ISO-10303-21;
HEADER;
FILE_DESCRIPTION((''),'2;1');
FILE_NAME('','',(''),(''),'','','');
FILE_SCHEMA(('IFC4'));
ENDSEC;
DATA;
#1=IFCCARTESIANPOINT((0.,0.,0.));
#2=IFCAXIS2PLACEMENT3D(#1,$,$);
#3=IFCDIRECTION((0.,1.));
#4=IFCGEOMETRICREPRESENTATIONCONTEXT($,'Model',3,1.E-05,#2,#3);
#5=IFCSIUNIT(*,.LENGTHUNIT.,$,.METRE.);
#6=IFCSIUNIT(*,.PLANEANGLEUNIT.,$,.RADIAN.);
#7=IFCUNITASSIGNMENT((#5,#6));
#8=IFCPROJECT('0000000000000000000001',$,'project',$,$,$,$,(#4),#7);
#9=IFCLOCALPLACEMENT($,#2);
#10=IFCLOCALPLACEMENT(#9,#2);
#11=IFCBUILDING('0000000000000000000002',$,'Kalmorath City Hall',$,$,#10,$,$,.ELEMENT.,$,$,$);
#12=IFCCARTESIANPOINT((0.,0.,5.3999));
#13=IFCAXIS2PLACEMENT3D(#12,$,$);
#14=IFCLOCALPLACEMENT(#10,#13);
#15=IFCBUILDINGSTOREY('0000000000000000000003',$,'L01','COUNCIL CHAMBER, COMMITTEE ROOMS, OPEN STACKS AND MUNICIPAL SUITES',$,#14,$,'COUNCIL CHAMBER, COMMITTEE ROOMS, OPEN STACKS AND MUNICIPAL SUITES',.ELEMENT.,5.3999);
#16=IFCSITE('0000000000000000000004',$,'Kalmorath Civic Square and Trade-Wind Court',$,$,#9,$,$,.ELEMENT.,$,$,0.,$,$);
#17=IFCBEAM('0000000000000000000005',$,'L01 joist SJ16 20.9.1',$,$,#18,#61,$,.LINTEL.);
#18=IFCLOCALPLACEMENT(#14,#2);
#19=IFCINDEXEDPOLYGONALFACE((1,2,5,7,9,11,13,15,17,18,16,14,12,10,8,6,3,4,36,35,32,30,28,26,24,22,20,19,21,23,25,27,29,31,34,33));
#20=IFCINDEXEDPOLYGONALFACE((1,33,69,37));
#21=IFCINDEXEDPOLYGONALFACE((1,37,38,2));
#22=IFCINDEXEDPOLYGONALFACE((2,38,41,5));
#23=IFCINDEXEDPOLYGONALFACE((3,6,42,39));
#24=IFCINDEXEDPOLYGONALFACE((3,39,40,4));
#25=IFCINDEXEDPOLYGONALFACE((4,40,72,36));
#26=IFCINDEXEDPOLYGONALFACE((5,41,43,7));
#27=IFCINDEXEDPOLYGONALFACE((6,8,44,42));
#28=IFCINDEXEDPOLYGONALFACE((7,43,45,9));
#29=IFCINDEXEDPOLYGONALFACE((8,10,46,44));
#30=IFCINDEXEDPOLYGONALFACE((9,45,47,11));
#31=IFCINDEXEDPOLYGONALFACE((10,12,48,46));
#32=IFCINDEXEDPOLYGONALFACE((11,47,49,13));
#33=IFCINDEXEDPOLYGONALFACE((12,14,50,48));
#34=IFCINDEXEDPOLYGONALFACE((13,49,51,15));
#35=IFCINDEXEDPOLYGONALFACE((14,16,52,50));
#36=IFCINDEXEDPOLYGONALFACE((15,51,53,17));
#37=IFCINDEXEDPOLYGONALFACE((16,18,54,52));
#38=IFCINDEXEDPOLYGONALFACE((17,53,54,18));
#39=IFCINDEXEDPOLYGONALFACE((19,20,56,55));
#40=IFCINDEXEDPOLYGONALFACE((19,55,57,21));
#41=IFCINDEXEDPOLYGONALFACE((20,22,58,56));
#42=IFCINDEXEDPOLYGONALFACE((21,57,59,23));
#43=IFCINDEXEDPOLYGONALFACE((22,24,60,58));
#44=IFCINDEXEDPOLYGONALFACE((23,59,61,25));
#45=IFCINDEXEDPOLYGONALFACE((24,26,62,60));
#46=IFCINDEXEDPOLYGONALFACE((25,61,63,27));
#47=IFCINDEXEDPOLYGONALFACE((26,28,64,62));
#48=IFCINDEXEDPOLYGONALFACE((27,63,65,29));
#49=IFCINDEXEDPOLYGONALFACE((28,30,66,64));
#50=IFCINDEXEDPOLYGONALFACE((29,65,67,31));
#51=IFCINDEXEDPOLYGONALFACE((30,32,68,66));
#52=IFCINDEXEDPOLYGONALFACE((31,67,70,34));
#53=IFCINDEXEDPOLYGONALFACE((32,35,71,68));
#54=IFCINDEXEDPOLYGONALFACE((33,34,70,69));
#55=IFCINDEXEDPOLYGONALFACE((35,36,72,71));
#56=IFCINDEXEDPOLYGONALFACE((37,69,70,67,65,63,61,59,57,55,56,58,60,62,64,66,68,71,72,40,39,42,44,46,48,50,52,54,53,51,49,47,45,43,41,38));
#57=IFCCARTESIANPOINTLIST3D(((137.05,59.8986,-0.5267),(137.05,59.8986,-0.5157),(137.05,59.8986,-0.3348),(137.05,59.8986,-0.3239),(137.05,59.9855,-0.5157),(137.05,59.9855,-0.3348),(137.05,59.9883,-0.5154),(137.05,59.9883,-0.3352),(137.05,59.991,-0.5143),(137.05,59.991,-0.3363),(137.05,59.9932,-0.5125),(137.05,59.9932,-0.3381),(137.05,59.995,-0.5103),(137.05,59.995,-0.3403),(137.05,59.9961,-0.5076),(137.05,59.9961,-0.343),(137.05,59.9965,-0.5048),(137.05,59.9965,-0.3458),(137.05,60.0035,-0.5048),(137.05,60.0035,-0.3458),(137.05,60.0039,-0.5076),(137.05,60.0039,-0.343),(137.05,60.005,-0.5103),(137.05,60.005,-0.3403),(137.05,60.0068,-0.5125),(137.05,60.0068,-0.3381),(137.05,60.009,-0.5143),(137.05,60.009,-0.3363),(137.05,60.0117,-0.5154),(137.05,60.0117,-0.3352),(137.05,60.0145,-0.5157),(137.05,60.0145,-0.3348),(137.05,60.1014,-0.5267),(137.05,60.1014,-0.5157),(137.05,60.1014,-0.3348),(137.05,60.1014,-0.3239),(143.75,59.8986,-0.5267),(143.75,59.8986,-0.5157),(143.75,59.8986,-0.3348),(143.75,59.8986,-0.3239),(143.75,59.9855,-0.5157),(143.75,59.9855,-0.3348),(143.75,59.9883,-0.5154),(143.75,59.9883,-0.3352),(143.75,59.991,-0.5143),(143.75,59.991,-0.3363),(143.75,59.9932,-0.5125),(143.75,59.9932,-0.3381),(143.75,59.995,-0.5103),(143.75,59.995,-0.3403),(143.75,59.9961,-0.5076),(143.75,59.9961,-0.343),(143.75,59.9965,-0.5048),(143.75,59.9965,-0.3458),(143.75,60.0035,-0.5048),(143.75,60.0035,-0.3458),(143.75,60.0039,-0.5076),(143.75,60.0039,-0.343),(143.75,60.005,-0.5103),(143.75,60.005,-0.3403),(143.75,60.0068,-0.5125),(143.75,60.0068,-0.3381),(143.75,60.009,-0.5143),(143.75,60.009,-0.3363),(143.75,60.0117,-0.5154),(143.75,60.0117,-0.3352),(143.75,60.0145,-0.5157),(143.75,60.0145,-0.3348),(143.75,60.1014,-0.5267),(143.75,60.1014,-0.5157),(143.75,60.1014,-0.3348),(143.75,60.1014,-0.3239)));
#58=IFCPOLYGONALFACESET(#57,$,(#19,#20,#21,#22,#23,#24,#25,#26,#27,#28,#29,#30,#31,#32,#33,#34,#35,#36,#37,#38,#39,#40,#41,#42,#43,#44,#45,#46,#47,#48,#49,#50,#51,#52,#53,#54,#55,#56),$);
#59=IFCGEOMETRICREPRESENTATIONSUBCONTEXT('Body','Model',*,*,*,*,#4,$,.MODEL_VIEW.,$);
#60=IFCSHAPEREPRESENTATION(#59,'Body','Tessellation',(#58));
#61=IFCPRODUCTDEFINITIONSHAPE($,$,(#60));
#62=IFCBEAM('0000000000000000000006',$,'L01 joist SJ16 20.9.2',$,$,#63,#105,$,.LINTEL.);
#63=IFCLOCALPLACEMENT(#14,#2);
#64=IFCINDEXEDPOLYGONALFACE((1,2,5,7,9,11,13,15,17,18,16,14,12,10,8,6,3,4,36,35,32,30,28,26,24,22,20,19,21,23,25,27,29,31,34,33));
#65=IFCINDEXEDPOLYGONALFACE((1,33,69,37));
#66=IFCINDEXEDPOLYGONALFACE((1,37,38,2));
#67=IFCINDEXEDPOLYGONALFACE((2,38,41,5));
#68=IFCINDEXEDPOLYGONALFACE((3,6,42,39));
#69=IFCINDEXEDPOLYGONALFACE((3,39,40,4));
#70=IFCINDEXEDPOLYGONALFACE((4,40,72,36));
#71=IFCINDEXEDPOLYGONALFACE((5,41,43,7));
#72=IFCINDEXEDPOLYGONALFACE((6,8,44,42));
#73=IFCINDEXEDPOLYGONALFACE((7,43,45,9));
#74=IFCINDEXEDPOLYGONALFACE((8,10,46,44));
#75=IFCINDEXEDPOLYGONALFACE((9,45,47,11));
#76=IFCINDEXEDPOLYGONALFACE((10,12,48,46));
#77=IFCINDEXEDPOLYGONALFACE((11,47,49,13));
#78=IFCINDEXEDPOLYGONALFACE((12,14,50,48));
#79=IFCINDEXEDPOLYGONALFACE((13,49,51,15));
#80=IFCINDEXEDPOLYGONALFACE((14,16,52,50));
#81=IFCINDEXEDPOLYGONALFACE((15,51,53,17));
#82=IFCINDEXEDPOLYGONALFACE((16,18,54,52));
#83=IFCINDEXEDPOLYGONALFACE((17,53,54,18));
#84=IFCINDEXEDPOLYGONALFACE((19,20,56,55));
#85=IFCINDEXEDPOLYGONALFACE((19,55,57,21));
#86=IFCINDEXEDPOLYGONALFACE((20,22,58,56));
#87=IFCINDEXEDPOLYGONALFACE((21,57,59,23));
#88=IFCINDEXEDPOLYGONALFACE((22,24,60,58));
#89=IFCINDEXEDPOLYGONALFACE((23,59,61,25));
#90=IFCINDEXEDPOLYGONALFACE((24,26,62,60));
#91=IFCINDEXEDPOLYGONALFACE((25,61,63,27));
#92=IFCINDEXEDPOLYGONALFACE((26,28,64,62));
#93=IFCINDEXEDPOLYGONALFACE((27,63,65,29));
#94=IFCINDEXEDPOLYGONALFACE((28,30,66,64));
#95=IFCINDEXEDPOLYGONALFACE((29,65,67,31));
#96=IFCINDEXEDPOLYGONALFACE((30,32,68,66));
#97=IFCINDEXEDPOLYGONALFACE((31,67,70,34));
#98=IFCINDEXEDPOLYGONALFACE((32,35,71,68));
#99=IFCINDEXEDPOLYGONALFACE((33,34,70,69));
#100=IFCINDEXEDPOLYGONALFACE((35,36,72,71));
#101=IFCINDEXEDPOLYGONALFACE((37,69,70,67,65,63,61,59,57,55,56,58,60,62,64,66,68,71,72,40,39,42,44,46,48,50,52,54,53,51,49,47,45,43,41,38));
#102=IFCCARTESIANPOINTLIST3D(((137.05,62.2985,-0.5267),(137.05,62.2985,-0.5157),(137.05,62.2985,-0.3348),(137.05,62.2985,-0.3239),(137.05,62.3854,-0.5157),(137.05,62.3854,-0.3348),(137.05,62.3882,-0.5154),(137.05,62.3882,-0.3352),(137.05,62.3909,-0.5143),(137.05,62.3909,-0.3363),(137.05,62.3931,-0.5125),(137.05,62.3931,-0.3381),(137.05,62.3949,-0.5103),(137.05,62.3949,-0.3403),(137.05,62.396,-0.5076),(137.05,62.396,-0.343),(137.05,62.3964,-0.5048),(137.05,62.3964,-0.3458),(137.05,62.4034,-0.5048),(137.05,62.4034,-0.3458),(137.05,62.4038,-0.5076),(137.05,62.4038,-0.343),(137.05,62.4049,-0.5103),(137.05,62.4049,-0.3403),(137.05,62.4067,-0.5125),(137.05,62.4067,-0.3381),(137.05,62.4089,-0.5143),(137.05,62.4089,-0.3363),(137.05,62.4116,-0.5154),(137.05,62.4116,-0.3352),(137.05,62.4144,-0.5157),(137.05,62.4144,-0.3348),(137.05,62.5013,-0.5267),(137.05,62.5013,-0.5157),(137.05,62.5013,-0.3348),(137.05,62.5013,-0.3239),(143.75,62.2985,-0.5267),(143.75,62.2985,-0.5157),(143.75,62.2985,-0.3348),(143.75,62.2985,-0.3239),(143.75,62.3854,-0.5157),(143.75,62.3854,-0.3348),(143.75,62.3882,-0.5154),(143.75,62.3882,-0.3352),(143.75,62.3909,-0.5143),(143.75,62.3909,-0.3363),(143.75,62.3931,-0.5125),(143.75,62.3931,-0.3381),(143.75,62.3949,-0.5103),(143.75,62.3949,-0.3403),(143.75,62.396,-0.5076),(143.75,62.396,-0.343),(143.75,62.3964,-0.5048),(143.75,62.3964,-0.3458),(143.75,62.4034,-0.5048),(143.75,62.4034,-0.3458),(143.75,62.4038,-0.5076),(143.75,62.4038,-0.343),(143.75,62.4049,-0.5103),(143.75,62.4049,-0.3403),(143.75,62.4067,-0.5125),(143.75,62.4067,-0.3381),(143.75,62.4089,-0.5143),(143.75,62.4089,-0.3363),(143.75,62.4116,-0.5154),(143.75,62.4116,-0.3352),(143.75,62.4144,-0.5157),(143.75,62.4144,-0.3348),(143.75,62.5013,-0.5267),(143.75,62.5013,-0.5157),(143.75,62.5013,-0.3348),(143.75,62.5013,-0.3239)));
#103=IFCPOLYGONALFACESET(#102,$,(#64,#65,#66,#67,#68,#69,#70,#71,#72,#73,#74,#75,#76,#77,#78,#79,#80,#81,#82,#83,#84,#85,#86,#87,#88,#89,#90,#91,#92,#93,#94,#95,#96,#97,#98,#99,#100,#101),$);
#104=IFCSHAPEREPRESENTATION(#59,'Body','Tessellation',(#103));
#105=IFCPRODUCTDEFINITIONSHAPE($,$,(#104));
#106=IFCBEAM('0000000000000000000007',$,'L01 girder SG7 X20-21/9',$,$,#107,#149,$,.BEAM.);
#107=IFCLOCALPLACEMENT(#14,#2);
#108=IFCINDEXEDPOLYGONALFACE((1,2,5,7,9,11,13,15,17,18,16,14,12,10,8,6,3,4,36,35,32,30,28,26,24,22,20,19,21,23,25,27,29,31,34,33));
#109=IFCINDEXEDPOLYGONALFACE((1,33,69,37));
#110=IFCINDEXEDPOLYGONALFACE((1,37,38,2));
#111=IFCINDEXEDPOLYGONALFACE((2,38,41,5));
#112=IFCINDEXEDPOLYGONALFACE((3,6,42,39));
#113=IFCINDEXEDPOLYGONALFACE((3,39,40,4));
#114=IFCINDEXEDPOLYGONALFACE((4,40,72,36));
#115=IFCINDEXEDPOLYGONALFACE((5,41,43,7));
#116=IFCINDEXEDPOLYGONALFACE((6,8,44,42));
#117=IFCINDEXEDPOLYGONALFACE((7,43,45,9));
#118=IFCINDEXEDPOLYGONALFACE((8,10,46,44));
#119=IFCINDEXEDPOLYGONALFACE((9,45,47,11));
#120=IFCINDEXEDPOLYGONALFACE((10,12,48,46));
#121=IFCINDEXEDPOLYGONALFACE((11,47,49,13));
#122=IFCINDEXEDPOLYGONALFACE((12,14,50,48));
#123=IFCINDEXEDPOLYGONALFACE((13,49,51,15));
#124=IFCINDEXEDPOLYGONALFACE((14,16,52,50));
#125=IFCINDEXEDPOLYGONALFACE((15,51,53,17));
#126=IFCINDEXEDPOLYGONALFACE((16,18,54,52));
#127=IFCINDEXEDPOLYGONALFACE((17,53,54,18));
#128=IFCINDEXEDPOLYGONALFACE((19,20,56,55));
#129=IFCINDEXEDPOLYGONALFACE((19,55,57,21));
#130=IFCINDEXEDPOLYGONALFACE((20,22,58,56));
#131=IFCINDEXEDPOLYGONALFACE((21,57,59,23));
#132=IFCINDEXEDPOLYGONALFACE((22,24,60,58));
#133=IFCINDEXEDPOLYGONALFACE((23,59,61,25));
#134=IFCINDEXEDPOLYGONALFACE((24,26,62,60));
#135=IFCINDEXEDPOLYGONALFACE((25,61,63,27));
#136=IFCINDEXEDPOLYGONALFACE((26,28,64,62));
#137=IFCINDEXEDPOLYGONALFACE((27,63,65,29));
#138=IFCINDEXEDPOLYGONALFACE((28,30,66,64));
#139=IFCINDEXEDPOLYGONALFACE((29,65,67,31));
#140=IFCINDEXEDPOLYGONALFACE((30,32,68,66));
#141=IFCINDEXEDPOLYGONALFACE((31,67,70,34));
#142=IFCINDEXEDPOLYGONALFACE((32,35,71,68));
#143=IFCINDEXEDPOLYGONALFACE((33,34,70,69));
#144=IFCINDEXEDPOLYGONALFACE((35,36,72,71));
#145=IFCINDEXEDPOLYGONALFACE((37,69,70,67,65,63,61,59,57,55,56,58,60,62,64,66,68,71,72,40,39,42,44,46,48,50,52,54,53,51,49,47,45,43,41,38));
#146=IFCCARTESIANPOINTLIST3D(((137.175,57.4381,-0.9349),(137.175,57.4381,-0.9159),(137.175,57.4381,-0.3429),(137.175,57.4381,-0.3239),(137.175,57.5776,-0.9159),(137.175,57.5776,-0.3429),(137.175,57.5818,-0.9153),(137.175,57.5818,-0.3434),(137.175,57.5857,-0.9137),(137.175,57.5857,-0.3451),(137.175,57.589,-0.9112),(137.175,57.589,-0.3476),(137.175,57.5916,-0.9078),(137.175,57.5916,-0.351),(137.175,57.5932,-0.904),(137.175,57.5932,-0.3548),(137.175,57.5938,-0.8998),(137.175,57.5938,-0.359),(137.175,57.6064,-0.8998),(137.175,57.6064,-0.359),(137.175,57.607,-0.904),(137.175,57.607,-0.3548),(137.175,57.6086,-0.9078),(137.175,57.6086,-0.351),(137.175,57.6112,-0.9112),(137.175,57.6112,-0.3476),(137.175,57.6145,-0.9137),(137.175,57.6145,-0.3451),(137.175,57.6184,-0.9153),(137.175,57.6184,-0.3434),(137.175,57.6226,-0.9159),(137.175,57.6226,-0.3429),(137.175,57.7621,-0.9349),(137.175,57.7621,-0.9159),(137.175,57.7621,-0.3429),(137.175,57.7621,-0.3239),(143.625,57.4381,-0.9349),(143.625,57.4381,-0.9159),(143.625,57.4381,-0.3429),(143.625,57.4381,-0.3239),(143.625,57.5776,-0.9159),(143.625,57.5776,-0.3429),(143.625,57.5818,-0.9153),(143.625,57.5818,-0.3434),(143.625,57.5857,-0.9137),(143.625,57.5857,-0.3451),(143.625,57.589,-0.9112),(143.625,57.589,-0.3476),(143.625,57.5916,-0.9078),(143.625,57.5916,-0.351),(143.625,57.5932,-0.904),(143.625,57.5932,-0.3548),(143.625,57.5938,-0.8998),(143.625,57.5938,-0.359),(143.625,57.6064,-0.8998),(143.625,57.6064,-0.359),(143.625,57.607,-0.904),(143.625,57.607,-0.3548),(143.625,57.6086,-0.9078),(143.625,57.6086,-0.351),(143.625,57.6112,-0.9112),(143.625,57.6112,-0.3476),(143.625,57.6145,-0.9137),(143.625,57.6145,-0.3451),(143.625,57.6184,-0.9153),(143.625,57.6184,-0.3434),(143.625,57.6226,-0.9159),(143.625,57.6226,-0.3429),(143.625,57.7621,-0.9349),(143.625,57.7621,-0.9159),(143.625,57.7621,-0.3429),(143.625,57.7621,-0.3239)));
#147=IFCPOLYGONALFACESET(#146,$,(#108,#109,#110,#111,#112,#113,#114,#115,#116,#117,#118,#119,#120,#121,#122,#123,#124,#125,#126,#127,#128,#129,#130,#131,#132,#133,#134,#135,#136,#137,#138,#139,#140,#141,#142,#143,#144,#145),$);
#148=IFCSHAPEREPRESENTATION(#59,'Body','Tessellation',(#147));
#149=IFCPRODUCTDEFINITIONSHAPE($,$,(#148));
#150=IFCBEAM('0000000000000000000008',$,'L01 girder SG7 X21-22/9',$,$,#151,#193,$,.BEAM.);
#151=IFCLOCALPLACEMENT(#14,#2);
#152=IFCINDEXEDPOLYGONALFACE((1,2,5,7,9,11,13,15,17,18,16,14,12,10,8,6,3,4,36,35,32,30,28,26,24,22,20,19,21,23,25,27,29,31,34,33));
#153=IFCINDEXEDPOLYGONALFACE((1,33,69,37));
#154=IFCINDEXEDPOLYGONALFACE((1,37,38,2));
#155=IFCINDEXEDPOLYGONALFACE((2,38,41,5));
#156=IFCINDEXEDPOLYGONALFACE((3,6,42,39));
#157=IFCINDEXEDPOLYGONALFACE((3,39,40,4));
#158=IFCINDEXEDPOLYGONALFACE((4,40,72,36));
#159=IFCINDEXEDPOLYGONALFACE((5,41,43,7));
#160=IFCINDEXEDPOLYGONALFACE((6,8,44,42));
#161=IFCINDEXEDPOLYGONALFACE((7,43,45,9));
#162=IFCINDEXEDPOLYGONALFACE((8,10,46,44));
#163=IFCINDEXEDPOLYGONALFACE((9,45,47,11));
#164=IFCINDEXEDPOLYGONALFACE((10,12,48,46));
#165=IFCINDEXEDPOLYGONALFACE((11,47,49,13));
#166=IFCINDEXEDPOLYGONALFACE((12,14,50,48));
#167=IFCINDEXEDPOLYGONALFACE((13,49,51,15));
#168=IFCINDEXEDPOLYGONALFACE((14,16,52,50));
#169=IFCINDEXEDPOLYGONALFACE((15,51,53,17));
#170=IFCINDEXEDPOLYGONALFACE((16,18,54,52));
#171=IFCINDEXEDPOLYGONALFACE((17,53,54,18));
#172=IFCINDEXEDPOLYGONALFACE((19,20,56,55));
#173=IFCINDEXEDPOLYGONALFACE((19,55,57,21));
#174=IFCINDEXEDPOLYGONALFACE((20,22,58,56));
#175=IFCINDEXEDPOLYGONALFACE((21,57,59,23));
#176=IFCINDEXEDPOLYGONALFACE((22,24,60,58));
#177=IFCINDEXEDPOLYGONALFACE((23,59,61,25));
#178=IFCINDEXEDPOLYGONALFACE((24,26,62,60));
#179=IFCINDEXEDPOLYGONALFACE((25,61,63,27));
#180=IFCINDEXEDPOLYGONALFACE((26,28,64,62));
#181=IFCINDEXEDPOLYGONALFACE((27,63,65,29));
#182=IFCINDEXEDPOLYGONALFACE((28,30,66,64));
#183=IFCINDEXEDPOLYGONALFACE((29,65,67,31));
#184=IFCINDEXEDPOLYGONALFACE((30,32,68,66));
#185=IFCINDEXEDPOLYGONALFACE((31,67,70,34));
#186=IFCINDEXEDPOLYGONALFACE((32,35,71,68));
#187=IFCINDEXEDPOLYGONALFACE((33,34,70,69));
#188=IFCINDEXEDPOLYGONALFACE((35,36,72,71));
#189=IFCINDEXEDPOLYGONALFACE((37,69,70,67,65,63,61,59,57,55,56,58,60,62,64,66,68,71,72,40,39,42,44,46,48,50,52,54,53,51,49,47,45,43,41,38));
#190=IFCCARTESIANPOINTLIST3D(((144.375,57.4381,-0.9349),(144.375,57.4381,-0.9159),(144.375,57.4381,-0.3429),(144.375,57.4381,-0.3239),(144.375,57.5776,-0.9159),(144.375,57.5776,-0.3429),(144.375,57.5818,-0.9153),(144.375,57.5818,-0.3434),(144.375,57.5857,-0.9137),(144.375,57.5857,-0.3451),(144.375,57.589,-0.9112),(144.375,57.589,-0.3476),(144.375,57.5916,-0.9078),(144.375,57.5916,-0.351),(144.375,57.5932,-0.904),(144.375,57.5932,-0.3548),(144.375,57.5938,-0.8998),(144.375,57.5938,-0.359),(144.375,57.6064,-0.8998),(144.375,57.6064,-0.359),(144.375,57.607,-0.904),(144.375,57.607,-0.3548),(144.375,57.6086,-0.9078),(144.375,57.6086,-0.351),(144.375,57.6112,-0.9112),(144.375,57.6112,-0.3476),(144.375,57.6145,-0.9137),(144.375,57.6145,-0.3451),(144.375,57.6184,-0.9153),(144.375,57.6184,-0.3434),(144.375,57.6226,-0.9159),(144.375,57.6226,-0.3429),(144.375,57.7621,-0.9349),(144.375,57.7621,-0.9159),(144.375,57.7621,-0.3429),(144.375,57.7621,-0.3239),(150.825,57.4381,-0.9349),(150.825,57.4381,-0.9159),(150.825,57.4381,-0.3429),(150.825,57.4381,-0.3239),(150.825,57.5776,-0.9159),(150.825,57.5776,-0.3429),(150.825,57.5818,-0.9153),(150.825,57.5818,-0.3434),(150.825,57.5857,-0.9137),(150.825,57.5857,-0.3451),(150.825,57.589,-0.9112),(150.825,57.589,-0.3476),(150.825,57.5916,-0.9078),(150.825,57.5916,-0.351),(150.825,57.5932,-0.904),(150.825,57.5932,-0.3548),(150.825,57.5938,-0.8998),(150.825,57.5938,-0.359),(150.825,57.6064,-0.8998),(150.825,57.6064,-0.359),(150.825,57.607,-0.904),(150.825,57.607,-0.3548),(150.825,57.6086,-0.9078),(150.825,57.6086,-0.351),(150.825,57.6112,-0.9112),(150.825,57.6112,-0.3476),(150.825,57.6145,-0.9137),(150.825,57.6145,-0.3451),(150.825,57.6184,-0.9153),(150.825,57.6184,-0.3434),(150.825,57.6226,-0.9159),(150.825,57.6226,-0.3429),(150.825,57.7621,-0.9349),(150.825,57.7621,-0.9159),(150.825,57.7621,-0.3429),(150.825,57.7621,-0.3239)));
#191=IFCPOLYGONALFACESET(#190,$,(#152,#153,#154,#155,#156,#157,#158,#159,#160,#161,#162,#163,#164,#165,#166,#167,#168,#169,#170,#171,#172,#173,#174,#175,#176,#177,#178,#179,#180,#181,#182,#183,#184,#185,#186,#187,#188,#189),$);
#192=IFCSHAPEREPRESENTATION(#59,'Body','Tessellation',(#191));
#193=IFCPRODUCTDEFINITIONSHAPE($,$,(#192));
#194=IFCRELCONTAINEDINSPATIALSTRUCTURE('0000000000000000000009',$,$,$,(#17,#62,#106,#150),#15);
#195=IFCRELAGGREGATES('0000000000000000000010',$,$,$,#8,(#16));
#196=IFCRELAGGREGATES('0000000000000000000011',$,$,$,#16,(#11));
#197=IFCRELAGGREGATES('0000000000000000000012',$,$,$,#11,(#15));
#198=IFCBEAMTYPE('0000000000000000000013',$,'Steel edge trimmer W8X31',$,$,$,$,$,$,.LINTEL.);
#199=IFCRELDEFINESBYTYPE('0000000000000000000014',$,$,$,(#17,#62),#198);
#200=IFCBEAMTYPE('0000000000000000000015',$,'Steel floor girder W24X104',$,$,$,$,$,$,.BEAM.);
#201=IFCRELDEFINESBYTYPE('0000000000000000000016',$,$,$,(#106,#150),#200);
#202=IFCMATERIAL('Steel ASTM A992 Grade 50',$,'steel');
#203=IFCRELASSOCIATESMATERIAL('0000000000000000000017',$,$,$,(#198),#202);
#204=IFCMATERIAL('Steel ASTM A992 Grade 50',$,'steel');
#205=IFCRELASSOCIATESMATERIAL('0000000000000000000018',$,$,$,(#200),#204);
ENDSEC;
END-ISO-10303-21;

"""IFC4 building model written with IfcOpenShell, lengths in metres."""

from ifc_helpers import new_model, si_unit, direction, frame, origin, origin_2d, place, context, subcontext, project, spatial, i_section, extrude, material, material_profile, profile_set, type_object, element, save


model = new_model("IFC4")

# Units and contexts
model_context = context("Model", 3, precision=1e-05, world=origin(), true_north=direction((0.0, 1.0)))
body_context = subcontext(model_context, "Body", "Model", "MODEL_VIEW")
ifc_project = project(units=[si_unit("LENGTHUNIT", "METRE"), si_unit("PLANEANGLEUNIT", "RADIAN")], contexts=[model_context])

# Site, building, storey
site_placement = place(None, origin())
site = spatial("IfcSite", under=ifc_project, at=site_placement, Name="Kalmorath Civic Square and Trade-Wind Court", CompositionType="ELEMENT", RefElevation=0.0)
building_placement = place(site_placement, origin())
building = spatial("IfcBuilding", under=site, at=building_placement, Name="Kalmorath City Hall", CompositionType="ELEMENT")
storey_placement = place(building_placement, frame((0.0, 0.0, 5.3999)))
storey = spatial("IfcBuildingStorey", under=building, at=storey_placement, Name="L01", Description="COUNCIL CHAMBER, COMMITTEE ROOMS, OPEN STACKS AND MUNICIPAL SUITES", LongName="COUNCIL CHAMBER, COMMITTEE ROOMS, OPEN STACKS AND MUNICIPAL SUITES", CompositionType="ELEMENT", Elevation=5.3999)

# Beams
ifc_material_1 = material(Name="Steel ASTM A992 Grade 50", Category="steel")
ifc_material_profile_1 = material_profile(ifc_material_1, i_section(OverallWidth=0.2029, OverallDepth=0.2029, WebThickness=0.0071, FlangeThickness=0.011, FilletRadius=0.011, at=origin_2d()), Name="W8X31")
ifc_profile_set_1 = profile_set([ifc_material_profile_1], Name="Steel ASTM A992 Grade 50")
beam_type_1 = type_object("IfcBeamType", Name="Steel edge trimmer W8X31", PredefinedType="LINTEL", material=ifc_profile_set_1)
for number, where, z_axis, x_axis, name in (
    (1, (137.05, 60.0, -0.4253), (1.0, 0.0, 0.0), (0.0, 1.0, 0.0), "L01 joist SJ16 20.9.1"),
    (2, (137.05, 62.3999, -0.4253), (1.0, 0.0, 0.0), (0.0, 1.0, 0.0), "L01 joist SJ16 20.9.2"),
):
    element("IfcBeam", number, at=place(storey_placement, frame(where, z_axis=z_axis, x_axis=x_axis)), inside=storey, type_object=beam_type_1, Name=name, PredefinedType="LINTEL", context=body_context, shape_type="SweptSolid", body=[
        extrude(i_section(OverallWidth=0.2029, OverallDepth=0.2029, WebThickness=0.0071, FlangeThickness=0.011, FilletRadius=0.011, at=origin_2d()), origin(), (0.0, 0.0, 1.0), 6.7),
    ])
ifc_material_2 = material(Name="Steel ASTM A992 Grade 50", Category="steel")
ifc_material_profile_2 = material_profile(ifc_material_2, i_section(OverallWidth=0.324, OverallDepth=0.6111, WebThickness=0.0127, FlangeThickness=0.019, FilletRadius=0.0161, at=origin_2d()), Name="W24X104")
ifc_profile_set_2 = profile_set([ifc_material_profile_2], Name="Steel ASTM A992 Grade 50")
beam_type_2 = type_object("IfcBeamType", Name="Steel floor girder W24X104", PredefinedType="BEAM", material=ifc_profile_set_2)
for number, where, z_axis, x_axis, name in (
    (3, (137.175, 57.6001, -0.6294), (1.0, 0.0, 0.0), (0.0, 1.0, 0.0), "L01 girder SG7 X20-21/9"),
    (4, (144.375, 57.6001, -0.6294), (1.0, 0.0, 0.0), (0.0, 1.0, 0.0), "L01 girder SG7 X21-22/9"),
):
    element("IfcBeam", number, at=place(storey_placement, frame(where, z_axis=z_axis, x_axis=x_axis)), inside=storey, type_object=beam_type_2, Name=name, PredefinedType="BEAM", context=body_context, shape_type="SweptSolid", body=[
        extrude(i_section(OverallWidth=0.324, OverallDepth=0.6111, WebThickness=0.0127, FlangeThickness=0.019, FilletRadius=0.0161, at=origin_2d()), origin(), (0.0, 0.0, 1.0), 6.45),
    ])

save(model, "model.ifc")
